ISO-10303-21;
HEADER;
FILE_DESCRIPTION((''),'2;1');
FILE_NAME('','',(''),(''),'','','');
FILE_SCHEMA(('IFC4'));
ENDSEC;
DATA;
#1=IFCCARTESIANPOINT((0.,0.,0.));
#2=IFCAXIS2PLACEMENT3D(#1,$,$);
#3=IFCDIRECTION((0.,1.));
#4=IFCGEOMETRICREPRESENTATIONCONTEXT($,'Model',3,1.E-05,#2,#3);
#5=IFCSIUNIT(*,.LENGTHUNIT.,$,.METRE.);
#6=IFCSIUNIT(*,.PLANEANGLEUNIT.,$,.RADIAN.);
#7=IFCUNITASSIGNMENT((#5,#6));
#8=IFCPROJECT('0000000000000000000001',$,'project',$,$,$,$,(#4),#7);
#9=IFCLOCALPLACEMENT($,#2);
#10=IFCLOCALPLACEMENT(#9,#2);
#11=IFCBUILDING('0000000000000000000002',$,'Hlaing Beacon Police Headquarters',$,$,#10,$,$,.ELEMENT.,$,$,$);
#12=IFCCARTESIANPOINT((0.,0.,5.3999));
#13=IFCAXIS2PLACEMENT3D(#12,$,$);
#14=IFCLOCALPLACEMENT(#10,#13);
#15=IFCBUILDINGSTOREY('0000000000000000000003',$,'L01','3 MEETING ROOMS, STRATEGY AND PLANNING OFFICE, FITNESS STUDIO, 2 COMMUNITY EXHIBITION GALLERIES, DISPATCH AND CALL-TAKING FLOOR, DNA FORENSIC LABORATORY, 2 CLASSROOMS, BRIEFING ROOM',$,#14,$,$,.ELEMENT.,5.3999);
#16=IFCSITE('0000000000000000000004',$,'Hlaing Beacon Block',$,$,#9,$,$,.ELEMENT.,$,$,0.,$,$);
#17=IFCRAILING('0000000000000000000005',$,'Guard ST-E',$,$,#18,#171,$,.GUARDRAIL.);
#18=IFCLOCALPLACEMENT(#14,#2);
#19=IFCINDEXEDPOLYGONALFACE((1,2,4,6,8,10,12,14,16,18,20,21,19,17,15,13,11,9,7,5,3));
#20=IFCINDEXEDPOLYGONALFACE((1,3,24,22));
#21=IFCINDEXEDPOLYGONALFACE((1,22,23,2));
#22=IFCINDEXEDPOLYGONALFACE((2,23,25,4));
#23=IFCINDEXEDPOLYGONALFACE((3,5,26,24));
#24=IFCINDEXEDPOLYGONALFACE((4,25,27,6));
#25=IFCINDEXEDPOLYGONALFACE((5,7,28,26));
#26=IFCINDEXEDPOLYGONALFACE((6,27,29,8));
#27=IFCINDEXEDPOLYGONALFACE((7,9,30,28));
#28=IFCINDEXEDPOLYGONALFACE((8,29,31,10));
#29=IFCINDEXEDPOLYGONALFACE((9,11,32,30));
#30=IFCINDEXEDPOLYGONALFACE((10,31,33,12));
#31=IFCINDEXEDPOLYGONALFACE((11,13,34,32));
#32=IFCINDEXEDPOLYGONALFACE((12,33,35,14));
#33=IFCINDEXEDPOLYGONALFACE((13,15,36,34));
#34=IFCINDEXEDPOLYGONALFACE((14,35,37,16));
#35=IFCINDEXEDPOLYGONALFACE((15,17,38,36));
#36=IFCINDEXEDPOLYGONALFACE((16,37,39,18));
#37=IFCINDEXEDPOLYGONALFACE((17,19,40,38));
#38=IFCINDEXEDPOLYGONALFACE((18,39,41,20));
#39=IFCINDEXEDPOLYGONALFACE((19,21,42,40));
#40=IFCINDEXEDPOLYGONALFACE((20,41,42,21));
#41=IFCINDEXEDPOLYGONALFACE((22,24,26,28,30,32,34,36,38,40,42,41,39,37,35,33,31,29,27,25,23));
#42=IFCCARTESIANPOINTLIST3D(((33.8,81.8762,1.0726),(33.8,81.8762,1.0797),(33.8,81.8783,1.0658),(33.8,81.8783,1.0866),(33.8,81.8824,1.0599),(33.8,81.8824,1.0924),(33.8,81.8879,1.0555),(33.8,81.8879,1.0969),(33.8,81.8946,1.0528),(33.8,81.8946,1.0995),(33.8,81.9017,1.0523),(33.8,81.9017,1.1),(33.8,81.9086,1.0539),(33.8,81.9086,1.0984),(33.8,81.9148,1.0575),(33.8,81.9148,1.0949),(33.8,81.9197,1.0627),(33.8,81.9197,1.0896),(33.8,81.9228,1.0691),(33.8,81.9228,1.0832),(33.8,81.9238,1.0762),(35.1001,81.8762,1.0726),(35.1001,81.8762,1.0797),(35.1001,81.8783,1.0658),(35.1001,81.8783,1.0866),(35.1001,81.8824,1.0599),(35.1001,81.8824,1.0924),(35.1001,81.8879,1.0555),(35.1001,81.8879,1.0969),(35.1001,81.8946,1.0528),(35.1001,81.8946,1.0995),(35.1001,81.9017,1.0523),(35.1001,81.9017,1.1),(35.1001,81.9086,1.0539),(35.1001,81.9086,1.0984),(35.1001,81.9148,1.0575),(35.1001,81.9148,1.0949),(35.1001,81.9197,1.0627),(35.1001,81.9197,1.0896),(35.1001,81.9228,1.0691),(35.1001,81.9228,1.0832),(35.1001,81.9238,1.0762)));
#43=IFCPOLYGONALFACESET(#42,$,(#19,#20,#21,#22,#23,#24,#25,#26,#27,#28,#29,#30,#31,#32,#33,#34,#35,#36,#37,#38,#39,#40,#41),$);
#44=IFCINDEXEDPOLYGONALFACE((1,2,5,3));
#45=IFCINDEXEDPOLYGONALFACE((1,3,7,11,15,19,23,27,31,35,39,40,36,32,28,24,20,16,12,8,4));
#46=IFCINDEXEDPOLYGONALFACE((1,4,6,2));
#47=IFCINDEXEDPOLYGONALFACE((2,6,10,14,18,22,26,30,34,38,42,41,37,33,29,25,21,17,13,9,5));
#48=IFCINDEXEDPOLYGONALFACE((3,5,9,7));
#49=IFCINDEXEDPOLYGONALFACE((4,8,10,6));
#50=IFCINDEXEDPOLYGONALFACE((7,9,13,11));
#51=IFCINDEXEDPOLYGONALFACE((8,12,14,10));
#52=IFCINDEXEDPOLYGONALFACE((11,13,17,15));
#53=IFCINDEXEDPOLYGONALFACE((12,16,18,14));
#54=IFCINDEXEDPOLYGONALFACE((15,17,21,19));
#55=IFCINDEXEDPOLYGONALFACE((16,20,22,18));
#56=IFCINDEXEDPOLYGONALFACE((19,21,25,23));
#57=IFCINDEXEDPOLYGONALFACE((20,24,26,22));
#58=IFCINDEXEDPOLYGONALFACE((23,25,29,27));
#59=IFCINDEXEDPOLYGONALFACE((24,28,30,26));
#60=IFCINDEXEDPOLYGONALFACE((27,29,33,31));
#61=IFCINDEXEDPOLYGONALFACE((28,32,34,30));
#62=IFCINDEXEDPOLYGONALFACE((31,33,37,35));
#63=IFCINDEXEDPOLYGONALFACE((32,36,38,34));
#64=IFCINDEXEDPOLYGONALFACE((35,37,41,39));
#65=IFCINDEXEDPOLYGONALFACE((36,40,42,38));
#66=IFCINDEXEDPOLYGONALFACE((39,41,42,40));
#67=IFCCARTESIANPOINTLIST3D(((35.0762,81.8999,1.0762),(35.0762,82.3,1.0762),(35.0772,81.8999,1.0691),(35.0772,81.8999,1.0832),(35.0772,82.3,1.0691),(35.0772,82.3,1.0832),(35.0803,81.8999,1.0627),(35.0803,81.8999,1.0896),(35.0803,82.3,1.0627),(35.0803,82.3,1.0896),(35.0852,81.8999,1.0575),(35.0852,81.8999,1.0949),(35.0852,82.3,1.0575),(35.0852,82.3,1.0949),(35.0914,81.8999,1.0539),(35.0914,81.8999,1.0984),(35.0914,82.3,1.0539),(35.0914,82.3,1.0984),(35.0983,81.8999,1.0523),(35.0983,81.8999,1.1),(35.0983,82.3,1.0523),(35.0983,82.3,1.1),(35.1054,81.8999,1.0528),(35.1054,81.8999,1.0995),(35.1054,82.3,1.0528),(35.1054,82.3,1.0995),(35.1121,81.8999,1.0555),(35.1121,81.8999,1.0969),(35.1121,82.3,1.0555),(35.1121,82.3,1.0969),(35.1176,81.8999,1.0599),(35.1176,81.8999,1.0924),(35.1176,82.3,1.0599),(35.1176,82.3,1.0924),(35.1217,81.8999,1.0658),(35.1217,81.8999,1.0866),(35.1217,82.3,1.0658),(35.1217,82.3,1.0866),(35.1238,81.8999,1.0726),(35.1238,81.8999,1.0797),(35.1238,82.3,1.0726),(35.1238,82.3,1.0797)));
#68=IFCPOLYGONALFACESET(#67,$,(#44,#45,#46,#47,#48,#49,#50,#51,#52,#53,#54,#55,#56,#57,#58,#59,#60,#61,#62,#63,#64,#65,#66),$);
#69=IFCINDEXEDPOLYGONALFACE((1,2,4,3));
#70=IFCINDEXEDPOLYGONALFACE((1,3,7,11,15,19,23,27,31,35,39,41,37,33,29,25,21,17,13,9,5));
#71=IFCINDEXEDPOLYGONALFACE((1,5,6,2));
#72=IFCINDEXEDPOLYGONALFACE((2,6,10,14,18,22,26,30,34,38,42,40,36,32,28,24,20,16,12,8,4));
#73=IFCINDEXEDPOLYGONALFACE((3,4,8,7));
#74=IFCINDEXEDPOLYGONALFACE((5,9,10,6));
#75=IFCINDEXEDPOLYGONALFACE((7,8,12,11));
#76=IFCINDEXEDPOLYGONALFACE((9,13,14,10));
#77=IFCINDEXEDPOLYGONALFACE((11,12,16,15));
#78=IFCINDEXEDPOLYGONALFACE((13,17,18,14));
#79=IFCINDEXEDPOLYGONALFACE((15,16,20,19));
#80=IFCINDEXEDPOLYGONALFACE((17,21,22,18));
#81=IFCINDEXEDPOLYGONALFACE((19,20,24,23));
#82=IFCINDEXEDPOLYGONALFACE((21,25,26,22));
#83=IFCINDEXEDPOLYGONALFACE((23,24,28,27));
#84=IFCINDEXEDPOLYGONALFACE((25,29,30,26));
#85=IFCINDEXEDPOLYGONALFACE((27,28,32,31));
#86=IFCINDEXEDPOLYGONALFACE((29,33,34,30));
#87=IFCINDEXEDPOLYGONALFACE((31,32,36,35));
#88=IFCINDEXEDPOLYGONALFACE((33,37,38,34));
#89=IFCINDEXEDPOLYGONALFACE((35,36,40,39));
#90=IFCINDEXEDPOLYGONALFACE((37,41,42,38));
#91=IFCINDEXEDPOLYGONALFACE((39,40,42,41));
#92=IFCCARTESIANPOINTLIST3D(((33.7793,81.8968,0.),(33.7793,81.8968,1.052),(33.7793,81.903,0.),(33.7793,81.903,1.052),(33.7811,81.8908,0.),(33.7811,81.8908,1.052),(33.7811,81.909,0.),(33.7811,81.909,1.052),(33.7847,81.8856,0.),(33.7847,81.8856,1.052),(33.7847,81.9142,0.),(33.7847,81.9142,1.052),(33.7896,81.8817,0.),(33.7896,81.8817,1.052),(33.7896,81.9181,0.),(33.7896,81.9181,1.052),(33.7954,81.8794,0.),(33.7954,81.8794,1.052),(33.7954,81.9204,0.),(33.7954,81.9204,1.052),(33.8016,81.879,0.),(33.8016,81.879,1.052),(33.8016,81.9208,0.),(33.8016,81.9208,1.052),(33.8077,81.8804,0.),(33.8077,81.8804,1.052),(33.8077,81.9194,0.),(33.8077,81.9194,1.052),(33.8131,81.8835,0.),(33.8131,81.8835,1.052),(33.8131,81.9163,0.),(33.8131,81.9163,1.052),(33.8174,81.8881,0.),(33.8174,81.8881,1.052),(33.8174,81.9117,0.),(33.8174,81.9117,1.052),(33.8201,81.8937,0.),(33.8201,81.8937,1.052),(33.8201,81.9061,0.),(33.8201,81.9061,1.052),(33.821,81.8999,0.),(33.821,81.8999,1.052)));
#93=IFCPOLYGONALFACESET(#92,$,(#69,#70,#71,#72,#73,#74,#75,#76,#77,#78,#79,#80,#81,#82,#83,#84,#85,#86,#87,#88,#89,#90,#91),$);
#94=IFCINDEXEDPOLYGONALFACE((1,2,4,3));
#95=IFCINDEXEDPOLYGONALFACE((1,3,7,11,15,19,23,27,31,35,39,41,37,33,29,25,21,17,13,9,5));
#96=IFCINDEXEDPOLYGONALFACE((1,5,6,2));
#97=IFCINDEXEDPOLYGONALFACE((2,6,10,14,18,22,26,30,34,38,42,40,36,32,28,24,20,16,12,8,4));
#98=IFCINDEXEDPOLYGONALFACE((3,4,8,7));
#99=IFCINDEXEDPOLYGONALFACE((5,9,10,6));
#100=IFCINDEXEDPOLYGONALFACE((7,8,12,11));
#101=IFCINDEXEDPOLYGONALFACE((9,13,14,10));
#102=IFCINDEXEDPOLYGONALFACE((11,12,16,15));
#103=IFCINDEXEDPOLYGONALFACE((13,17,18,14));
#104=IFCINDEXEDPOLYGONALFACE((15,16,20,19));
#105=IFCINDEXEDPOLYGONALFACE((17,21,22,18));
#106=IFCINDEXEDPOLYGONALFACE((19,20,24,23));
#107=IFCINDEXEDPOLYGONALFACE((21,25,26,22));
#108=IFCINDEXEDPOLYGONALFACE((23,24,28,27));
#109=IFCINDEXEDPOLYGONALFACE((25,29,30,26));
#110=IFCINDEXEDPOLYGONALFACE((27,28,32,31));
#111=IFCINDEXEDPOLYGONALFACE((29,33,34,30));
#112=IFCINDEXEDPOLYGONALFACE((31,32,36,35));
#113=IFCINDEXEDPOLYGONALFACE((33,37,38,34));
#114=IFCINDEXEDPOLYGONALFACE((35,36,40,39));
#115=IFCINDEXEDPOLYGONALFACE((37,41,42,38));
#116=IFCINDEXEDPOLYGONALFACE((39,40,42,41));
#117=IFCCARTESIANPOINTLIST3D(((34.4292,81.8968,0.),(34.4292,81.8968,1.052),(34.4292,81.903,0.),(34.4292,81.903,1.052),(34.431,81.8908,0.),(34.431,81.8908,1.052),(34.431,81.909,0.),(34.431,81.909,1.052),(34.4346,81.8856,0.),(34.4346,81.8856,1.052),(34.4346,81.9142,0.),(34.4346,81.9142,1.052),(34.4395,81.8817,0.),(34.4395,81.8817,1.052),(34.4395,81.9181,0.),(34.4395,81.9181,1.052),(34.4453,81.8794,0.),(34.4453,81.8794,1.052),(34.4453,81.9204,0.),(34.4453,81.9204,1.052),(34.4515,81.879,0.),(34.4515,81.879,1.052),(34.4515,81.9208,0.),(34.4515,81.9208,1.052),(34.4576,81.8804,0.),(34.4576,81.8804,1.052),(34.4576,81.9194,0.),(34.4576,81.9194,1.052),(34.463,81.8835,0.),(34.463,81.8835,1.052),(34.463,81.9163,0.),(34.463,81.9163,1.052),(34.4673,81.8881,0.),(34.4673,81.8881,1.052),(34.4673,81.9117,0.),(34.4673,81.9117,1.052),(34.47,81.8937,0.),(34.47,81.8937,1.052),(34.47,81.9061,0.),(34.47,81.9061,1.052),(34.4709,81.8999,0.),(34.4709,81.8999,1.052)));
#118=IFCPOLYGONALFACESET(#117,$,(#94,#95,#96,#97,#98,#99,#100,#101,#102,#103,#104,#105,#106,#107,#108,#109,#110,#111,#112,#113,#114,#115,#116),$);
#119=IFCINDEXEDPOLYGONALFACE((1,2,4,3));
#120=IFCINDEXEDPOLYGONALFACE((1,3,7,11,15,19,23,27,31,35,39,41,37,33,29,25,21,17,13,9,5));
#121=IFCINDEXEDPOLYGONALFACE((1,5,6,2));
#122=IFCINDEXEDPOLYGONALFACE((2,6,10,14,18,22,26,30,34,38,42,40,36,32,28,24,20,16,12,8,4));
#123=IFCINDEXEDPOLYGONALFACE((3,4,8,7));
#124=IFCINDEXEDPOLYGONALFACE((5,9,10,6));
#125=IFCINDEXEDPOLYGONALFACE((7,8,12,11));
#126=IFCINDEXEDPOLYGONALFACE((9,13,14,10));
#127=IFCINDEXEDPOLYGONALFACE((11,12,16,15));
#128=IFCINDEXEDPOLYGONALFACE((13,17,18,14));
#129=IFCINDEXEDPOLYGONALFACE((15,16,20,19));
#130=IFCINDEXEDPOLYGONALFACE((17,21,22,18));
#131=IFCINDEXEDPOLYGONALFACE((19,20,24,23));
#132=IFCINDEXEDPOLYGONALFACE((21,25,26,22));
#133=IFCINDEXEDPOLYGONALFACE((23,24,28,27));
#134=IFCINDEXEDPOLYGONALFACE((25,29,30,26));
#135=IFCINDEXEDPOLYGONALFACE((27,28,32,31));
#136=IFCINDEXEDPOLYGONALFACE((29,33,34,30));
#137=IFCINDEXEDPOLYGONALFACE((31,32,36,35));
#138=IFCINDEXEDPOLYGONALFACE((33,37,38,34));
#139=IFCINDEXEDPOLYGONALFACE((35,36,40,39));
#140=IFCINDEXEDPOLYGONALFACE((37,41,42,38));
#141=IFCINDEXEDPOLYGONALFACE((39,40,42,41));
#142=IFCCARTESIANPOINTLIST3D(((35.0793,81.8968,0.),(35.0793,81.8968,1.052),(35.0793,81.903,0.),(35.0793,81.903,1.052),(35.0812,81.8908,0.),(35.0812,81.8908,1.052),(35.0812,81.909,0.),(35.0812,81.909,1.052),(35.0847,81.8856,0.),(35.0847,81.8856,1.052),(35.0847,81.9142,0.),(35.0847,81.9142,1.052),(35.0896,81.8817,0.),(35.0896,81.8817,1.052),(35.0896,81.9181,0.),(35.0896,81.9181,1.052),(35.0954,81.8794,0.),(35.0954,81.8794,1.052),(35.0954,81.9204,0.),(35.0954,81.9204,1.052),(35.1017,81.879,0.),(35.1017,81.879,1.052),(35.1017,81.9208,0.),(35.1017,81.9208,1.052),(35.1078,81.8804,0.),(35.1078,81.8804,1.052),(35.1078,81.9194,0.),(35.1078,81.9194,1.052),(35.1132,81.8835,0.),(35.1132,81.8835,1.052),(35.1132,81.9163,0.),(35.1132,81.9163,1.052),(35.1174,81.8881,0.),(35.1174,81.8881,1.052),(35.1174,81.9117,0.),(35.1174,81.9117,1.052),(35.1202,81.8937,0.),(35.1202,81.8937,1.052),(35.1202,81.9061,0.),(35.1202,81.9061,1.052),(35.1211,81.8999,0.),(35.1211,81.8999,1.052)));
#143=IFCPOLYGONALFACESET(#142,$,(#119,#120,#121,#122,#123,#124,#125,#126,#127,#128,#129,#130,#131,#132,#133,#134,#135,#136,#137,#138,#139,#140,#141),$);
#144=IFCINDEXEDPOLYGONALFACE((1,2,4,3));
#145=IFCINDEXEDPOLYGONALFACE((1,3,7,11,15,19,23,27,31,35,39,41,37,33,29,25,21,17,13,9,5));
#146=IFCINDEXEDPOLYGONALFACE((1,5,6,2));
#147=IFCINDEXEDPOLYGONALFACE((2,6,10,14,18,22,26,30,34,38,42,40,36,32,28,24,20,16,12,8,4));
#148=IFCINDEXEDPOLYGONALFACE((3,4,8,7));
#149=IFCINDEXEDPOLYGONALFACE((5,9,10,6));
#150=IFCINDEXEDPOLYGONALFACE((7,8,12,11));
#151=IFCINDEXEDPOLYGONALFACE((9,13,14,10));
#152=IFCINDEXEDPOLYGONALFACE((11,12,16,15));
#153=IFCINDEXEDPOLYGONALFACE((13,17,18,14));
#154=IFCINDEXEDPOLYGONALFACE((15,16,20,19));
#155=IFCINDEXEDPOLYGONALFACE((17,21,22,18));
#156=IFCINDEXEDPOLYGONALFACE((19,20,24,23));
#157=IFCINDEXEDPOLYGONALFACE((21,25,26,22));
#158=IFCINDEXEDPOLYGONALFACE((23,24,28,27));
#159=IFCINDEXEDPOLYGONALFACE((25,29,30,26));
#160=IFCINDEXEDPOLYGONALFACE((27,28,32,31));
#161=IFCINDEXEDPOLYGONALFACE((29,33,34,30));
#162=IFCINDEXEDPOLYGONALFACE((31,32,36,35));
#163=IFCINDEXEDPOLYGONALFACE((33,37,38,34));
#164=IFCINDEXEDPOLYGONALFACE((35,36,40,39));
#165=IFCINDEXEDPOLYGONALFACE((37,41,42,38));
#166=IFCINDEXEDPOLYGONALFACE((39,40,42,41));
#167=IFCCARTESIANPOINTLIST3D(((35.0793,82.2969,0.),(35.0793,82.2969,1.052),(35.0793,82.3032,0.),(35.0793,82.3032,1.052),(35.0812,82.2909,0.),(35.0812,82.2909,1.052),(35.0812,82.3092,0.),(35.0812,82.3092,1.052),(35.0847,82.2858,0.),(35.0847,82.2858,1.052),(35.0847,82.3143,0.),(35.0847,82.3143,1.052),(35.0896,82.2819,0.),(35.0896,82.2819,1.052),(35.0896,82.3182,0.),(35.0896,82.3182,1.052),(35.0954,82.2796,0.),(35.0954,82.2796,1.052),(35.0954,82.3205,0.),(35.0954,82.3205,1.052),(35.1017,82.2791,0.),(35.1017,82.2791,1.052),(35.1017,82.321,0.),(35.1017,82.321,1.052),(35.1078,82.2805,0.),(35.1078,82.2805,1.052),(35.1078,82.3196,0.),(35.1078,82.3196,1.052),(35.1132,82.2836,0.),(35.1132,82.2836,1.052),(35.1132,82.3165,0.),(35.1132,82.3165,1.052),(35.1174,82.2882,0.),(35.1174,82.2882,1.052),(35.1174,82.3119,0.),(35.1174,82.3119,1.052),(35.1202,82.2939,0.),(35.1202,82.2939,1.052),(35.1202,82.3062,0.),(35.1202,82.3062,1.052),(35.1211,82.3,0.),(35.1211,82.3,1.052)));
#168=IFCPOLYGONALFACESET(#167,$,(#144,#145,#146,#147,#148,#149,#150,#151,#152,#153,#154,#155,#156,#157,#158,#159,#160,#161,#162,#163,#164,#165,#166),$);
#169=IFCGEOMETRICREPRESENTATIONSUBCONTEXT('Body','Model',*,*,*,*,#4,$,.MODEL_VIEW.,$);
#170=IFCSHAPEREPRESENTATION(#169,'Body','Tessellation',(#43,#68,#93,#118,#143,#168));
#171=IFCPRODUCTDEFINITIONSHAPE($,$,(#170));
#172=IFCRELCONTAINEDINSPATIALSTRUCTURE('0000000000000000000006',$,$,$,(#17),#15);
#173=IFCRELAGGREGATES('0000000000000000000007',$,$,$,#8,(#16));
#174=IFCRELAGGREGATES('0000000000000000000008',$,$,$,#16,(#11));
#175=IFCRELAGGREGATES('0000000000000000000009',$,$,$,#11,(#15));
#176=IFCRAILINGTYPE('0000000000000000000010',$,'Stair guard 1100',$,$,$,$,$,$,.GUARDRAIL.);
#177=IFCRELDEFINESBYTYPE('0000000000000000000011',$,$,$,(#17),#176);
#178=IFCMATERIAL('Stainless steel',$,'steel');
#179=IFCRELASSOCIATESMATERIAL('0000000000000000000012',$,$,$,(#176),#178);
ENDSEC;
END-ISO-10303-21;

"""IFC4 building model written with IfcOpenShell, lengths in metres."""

from ifc_helpers import new_model, si_unit, direction, frame, origin, origin_2d, place, context, subcontext, project, spatial, circle, extrude, material, type_object, element, save


model = new_model("IFC4")

# Units and contexts
model_context = context("Model", 3, precision=1e-05, world=origin(), true_north=direction((0.0, 1.0)))
body_context = subcontext(model_context, "Body", "Model", "MODEL_VIEW")
ifc_project = project(units=[si_unit("LENGTHUNIT", "METRE"), si_unit("PLANEANGLEUNIT", "RADIAN")], contexts=[model_context])

# Site, building, storey
site_placement = place(None, origin())
site = spatial("IfcSite", under=ifc_project, at=site_placement, Name="Hlaing Beacon Block", CompositionType="ELEMENT", RefElevation=0.0)
building_placement = place(site_placement, origin())
building = spatial("IfcBuilding", under=site, at=building_placement, Name="Hlaing Beacon Police Headquarters", CompositionType="ELEMENT")
storey_placement = place(building_placement, frame((0.0, 0.0, 5.3999)))
storey = spatial("IfcBuildingStorey", under=building, at=storey_placement, Name="L01", Description="3 MEETING ROOMS, STRATEGY AND PLANNING OFFICE, FITNESS STUDIO, 2 COMMUNITY EXHIBITION GALLERIES, DISPATCH AND CALL-TAKING FLOOR, DNA FORENSIC LABORATORY, 2 CLASSROOMS, BRIEFING ROOM", CompositionType="ELEMENT", Elevation=5.3999)

# Railing
ifc_material_1 = material(Name="Stainless steel", Category="steel")
railing_type_1 = type_object("IfcRailingType", Name="Stair guard 1100", PredefinedType="GUARDRAIL", material=ifc_material_1)
railing_placement = place(storey_placement, frame((33.8, 81.8999, 0.0)))
element("IfcRailing", 1, at=railing_placement, inside=storey, type_object=railing_type_1, Name="Guard ST-E", PredefinedType="GUARDRAIL", context=body_context, shape_type="SweptSolid", body=[
    extrude(circle(Radius=0.0239, at=origin_2d()), frame((0.0, 0.0, 1.0762), z_axis=(1.0, 0.0, 0.0), x_axis=(0.0, 1.0, 0.0)), (0.0, 0.0, 1.0), 1.3),
    extrude(circle(Radius=0.0239, at=origin_2d()), frame((1.3, 0.0, 1.0762), z_axis=(0.0, 1.0, 0.0), x_axis=(-1.0, 0.0, 0.0)), (0.0, 0.0, 1.0), 0.4001),
    extrude(circle(Radius=0.021, at=origin_2d()), origin(), (0.0, 0.0, 1.0), 1.052),
    extrude(circle(Radius=0.021, at=origin_2d()), frame((0.6499, 0.0, 0.0)), (0.0, 0.0, 1.0), 1.052),
    extrude(circle(Radius=0.021, at=origin_2d()), frame((1.3, 0.0, 0.0)), (0.0, 0.0, 1.0), 1.052),
    extrude(circle(Radius=0.021, at=origin_2d()), frame((1.3, 0.4001, 0.0)), (0.0, 0.0, 1.0), 1.052),
])

save(model, "model.ifc")
